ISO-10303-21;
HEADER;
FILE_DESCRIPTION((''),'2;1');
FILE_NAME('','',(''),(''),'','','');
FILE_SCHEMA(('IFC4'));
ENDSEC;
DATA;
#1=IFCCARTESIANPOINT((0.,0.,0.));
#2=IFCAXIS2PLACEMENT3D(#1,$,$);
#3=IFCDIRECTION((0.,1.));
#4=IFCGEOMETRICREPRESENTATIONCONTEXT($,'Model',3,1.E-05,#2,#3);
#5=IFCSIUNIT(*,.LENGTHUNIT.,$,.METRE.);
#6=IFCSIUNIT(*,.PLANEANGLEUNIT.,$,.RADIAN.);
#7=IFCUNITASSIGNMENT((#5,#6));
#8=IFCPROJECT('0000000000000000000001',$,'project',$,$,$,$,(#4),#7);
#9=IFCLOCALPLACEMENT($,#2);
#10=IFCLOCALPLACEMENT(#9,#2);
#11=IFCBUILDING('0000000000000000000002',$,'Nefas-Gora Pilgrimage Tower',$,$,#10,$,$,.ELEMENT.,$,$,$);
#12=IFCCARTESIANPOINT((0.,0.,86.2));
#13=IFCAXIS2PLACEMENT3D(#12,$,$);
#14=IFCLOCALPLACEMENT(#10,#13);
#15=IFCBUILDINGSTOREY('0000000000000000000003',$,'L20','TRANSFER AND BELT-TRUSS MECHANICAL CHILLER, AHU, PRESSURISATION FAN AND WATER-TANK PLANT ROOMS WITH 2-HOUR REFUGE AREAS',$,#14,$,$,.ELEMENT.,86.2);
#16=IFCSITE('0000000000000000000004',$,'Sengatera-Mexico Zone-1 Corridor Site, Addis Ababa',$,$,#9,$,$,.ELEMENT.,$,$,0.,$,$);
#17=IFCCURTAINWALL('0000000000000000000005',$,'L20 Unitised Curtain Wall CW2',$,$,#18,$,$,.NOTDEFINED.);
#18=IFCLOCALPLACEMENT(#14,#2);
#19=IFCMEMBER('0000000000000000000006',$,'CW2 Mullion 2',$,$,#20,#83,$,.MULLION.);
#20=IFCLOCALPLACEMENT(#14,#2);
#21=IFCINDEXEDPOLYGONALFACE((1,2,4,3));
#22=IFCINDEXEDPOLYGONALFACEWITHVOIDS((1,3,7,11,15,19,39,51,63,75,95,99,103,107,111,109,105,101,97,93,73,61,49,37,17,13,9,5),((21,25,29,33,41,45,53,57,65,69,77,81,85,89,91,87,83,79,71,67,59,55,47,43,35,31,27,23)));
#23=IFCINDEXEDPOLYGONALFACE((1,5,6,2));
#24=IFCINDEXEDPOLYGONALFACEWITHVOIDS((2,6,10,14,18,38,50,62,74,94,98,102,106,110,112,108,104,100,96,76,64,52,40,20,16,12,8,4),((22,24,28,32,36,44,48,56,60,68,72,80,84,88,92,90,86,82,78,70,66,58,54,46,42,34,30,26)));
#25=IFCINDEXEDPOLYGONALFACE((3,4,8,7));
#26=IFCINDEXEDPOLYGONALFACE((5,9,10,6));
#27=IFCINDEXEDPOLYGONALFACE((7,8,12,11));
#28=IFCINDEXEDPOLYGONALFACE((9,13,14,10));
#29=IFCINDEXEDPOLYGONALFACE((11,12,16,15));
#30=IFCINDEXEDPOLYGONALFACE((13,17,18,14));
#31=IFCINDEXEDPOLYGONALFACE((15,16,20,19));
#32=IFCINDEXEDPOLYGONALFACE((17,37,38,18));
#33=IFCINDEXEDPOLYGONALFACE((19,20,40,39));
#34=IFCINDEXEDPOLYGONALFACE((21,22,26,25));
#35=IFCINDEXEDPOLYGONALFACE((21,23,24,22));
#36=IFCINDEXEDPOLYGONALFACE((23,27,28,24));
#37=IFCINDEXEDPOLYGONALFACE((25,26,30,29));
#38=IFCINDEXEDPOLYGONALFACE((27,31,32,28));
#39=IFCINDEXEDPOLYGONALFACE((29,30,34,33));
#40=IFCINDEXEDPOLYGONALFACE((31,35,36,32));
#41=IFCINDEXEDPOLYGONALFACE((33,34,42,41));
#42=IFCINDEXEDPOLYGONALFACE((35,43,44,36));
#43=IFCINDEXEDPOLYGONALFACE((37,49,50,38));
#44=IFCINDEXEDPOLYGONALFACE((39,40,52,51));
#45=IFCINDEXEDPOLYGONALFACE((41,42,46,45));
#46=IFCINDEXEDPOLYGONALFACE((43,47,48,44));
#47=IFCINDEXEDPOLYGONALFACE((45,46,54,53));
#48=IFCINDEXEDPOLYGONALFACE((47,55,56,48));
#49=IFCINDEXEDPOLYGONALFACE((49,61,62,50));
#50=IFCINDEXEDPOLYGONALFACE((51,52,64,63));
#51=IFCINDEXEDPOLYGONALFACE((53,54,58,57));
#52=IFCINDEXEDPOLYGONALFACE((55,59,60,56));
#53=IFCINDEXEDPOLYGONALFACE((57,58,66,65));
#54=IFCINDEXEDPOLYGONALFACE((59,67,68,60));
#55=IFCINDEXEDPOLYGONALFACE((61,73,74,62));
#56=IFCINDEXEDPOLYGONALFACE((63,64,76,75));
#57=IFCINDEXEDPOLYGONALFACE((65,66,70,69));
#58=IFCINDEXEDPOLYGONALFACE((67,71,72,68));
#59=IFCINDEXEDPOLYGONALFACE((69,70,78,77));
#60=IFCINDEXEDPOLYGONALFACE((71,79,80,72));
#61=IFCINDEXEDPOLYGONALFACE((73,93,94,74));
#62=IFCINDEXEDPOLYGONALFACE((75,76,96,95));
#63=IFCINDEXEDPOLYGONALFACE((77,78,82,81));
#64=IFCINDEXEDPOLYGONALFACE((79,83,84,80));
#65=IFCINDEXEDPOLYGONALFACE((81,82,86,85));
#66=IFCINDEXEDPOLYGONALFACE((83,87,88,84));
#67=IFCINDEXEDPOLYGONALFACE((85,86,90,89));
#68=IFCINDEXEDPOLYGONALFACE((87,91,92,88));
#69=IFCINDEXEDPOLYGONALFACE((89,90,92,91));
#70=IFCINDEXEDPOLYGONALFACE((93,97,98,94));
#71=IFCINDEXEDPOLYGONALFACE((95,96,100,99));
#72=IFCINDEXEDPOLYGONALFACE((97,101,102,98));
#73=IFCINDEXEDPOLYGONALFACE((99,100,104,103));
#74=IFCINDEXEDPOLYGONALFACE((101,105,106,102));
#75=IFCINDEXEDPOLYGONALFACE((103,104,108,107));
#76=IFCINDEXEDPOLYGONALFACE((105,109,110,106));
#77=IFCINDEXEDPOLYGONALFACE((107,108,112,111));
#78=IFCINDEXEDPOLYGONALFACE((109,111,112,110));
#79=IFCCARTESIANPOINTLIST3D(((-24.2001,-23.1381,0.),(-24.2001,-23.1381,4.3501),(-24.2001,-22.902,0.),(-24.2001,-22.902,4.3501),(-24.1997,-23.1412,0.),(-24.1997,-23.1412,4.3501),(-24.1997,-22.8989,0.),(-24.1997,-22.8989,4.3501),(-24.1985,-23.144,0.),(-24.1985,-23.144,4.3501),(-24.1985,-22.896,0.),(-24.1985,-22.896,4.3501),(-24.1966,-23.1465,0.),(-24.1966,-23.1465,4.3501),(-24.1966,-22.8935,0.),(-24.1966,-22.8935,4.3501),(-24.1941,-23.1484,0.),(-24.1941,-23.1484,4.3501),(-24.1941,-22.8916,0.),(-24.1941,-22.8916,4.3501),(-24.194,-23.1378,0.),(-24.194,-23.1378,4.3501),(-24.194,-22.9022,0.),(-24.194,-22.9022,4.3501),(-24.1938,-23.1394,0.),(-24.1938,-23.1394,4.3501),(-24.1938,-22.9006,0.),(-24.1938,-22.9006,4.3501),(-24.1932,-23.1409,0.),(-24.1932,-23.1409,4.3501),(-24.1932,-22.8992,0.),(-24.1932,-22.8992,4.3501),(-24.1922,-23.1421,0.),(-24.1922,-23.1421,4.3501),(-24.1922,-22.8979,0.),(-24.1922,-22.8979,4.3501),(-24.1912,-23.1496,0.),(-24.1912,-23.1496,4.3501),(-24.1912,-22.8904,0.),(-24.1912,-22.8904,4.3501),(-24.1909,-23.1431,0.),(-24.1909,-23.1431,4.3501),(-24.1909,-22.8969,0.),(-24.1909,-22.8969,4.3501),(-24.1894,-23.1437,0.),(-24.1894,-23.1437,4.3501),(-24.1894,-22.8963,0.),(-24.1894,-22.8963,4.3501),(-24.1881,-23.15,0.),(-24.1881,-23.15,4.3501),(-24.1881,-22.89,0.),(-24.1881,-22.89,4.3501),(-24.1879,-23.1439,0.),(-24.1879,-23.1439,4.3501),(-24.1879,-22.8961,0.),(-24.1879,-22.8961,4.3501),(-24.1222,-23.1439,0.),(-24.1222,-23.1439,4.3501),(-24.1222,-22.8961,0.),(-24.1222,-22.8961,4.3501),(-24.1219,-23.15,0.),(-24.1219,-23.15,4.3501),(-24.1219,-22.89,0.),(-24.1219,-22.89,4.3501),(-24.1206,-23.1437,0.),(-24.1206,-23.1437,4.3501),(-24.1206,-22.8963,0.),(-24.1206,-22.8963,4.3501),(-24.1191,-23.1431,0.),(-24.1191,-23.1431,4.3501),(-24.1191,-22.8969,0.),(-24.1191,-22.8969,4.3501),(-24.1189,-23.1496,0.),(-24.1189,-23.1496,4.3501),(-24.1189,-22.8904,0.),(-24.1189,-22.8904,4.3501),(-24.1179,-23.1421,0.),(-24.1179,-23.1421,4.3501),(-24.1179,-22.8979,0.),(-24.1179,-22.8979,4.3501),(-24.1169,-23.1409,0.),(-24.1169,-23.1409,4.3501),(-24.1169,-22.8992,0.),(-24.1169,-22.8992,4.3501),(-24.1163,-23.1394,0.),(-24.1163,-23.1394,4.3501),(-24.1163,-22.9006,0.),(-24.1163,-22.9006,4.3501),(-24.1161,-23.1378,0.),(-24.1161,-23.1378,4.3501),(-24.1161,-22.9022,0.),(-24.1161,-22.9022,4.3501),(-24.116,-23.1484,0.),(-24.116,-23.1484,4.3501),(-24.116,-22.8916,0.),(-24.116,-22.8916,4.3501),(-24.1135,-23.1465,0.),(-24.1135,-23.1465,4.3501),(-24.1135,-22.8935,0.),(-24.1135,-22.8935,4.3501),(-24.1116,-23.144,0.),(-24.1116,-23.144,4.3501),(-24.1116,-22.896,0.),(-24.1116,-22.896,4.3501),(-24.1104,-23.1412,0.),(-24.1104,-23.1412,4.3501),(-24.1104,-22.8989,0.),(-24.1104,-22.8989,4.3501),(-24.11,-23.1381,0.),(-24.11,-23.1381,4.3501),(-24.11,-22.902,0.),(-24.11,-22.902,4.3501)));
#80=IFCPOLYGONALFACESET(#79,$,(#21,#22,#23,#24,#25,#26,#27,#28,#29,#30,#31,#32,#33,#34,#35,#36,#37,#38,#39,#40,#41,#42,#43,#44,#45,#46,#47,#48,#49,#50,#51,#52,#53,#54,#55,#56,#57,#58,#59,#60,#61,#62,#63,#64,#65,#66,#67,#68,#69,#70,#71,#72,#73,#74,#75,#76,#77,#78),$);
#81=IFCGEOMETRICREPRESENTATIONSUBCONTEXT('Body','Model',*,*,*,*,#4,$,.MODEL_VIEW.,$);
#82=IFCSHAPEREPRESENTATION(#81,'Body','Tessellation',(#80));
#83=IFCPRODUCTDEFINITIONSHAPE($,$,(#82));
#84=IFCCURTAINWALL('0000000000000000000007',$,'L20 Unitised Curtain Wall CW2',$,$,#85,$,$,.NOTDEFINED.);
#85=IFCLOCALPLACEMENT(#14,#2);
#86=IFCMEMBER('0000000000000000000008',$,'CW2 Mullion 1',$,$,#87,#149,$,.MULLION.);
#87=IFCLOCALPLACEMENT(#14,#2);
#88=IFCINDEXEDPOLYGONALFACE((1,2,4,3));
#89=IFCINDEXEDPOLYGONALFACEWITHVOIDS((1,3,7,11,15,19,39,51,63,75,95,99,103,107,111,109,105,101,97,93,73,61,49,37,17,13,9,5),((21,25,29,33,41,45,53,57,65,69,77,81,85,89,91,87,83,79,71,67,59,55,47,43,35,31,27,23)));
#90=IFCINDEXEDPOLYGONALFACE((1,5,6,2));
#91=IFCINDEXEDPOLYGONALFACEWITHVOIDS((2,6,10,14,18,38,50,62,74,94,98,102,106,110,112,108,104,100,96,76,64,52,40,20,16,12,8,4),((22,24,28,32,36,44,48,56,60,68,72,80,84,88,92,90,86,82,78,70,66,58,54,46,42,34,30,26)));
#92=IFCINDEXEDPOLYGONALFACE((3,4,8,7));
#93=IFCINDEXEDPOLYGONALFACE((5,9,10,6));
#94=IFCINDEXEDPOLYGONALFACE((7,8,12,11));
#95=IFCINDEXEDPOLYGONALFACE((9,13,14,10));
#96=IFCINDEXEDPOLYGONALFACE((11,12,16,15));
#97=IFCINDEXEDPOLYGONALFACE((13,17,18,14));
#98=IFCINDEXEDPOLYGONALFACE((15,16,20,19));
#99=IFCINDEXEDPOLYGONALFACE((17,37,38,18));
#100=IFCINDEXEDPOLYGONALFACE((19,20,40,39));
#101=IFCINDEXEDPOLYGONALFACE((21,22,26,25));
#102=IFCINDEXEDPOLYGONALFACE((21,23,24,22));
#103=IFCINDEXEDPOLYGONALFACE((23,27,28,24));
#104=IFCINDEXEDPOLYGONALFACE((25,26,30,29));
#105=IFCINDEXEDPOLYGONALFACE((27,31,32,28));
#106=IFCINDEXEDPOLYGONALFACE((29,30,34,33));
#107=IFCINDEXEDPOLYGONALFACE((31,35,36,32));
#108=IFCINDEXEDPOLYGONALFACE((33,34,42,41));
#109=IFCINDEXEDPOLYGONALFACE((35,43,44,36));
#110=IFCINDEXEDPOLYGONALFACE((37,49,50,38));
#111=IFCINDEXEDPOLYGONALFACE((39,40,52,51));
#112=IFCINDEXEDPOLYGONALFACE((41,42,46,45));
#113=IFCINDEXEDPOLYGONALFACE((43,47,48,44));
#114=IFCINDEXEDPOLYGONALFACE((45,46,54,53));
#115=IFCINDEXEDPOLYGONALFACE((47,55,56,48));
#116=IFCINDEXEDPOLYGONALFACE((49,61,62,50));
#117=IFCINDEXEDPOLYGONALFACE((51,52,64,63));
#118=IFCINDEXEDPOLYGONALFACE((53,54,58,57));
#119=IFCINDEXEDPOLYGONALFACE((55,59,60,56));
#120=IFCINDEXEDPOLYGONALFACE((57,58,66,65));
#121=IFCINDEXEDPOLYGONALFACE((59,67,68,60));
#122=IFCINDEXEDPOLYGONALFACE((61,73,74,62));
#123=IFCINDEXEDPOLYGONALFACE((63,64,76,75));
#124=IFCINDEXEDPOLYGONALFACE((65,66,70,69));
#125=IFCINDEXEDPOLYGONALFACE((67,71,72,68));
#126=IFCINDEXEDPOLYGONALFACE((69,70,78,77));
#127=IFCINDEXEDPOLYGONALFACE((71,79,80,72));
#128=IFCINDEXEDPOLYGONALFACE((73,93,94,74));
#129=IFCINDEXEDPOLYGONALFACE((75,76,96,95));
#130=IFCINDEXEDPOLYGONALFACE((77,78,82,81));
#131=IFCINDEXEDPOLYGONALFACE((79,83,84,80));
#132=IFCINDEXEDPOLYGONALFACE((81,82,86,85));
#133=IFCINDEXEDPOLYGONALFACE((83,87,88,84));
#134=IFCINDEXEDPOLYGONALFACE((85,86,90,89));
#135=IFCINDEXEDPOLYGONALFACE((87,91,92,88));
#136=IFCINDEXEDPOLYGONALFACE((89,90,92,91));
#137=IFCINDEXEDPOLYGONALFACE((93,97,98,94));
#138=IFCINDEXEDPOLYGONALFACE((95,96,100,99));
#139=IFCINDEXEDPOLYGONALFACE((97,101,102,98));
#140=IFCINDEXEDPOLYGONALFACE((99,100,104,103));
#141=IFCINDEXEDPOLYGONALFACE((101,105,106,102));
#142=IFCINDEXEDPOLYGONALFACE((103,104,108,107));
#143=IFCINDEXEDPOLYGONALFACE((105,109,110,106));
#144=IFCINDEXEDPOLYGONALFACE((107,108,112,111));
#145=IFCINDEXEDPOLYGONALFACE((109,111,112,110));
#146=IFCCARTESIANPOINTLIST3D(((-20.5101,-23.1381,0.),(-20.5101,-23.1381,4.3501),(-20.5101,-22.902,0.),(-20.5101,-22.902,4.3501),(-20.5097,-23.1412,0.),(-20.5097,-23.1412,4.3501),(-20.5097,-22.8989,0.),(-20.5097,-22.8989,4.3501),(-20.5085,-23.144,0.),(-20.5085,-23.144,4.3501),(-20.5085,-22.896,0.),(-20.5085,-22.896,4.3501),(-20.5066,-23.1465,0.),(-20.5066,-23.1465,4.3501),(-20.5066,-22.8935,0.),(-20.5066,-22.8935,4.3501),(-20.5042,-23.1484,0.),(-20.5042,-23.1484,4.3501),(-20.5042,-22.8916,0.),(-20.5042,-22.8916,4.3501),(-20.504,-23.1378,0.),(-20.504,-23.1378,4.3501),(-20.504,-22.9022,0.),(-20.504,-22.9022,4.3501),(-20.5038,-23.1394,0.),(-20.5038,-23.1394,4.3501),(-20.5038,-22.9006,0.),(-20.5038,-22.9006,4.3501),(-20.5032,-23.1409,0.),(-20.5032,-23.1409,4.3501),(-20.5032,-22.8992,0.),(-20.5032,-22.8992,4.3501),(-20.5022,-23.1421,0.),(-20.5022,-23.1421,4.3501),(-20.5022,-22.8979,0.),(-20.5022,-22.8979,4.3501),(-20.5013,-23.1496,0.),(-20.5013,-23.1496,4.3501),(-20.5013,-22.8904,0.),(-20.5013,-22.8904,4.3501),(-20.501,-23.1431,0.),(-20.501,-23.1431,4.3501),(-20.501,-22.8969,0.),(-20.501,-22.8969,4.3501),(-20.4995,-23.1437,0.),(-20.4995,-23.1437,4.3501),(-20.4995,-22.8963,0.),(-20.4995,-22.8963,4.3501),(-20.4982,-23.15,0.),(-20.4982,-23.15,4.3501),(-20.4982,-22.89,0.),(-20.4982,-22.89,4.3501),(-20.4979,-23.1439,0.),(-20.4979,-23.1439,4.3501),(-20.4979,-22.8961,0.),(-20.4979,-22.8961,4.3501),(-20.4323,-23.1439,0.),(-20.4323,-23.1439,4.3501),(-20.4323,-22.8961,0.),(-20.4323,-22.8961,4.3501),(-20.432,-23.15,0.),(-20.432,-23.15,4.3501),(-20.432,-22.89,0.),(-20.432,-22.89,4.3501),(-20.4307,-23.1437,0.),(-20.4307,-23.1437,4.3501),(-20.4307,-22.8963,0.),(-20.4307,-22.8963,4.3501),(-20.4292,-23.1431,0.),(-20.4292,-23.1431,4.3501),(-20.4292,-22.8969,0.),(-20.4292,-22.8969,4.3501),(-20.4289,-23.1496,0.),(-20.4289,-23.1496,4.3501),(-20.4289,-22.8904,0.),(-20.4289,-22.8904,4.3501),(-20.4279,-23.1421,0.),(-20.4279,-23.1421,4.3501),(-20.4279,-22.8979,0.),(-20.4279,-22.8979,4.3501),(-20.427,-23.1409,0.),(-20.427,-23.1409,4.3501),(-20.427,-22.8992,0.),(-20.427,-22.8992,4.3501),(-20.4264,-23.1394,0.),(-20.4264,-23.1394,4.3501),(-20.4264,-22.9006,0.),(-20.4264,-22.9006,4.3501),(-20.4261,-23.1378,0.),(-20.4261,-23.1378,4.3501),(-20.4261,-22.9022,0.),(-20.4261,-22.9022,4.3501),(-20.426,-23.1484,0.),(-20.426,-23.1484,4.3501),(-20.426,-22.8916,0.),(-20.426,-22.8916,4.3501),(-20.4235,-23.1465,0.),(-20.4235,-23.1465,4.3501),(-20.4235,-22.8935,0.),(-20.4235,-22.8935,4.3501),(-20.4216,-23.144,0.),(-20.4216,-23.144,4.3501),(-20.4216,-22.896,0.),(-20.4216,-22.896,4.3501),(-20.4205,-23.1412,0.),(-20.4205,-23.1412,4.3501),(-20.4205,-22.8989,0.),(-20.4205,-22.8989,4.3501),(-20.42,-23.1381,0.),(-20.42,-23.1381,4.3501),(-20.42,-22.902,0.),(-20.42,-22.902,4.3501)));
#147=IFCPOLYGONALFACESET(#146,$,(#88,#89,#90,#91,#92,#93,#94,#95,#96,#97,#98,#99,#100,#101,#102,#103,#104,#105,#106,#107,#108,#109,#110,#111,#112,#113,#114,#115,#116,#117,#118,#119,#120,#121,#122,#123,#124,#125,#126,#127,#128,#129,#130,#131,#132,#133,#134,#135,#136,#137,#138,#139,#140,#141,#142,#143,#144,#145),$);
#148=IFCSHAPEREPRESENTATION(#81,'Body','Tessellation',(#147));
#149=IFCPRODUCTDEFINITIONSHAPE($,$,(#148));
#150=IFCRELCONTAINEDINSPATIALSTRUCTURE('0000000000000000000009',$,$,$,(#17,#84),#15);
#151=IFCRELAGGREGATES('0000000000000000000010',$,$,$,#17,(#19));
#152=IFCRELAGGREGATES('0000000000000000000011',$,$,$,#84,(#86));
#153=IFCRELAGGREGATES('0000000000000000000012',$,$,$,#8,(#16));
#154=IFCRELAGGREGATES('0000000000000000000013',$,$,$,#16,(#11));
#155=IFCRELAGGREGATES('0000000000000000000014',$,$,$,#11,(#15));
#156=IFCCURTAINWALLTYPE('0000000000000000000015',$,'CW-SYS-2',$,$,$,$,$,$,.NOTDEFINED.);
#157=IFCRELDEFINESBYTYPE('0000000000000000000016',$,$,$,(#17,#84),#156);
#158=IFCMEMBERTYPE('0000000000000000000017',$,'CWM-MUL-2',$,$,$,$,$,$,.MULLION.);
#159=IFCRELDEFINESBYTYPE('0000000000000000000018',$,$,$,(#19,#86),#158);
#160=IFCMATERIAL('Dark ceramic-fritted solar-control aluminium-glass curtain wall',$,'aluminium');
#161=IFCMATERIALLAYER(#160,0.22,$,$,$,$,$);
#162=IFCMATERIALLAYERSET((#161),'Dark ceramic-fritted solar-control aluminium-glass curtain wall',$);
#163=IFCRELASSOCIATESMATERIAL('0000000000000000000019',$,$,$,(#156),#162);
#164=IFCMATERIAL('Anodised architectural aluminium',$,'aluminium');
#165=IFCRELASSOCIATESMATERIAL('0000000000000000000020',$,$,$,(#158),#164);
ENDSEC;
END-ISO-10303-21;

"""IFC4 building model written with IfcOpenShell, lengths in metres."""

from ifc_helpers import new_model, si_unit, direction, frame, origin, origin_2d, place, context, subcontext, project, spatial, hollow_rectangle, extrude, source, transform, mapped, material, layer, layer_set, material_profile, profile_set, type_object, element, aggregate, save


model = new_model("IFC4")

# Units and contexts
model_context = context("Model", 3, precision=1e-05, world=origin(), true_north=direction((0.0, 1.0)))
body_context = subcontext(model_context, "Body", "Model", "MODEL_VIEW")
ifc_project = project(units=[si_unit("LENGTHUNIT", "METRE"), si_unit("PLANEANGLEUNIT", "RADIAN")], contexts=[model_context])

# Site, building, storey
site_placement = place(None, origin())
site = spatial("IfcSite", under=ifc_project, at=site_placement, Name="Sengatera-Mexico Zone-1 Corridor Site, Addis Ababa", CompositionType="ELEMENT", RefElevation=0.0)
building_placement = place(site_placement, origin())
building = spatial("IfcBuilding", under=site, at=building_placement, Name="Nefas-Gora Pilgrimage Tower", CompositionType="ELEMENT")
storey_placement = place(building_placement, frame((0.0, 0.0, 86.2)))
storey = spatial("IfcBuildingStorey", under=building, at=storey_placement, Name="L20", Description="TRANSFER AND BELT-TRUSS MECHANICAL CHILLER, AHU, PRESSURISATION FAN AND WATER-TANK PLANT ROOMS WITH 2-HOUR REFUGE AREAS", CompositionType="ELEMENT", Elevation=86.2)

# Curtain walls, members
ifc_material_1 = material(Name="Dark ceramic-fritted solar-control aluminium-glass curtain wall", Category="aluminium")
ifc_layer_1 = layer(ifc_material_1, 0.22)
ifc_layer_set_1 = layer_set([ifc_layer_1], Name="Dark ceramic-fritted solar-control aluminium-glass curtain wall")
curtain_wall_type = type_object("IfcCurtainWallType", Name="CW-SYS-2", PredefinedType="NOTDEFINED", material=ifc_layer_set_1)
ifc_material_2 = material(Name="Anodised architectural aluminium", Category="aluminium")
ifc_material_profile_1 = material_profile(ifc_material_2, hollow_rectangle(XDim=0.0901, YDim=0.26, WallThickness=0.0061, InnerFilletRadius=0.0061, OuterFilletRadius=0.012, at=origin_2d()), Name="ALU MULLION 90x260")
ifc_profile_set_1 = profile_set([ifc_material_profile_1], Name="Anodised architectural aluminium")
member_type_1 = type_object("IfcMemberType", Name="CWM-MUL-2", PredefinedType="MULLION", material=ifc_profile_set_1)
shared_shape_1 = source(origin(), body_context, "Body", "SweptSolid", [
    extrude(hollow_rectangle(XDim=0.0901, YDim=0.26, WallThickness=0.0061, InnerFilletRadius=0.0061, OuterFilletRadius=0.012, at=origin_2d()), origin(), (0.0, 0.0, 1.0), 4.3501),
])
curtain_wall_1_placement = place(storey_placement, origin())
curtain_wall_1 = element("IfcCurtainWall", 1, at=curtain_wall_1_placement, inside=storey, type_object=curtain_wall_type, Name="L20 Unitised Curtain Wall CW2", PredefinedType="NOTDEFINED")
member_1_placement = place(storey_placement, frame((-24.155, -23.02, 0.0), z_axis=(0.0, 0.0, 1.0), x_axis=(1.0, 0.0, 0.0)))
member_1 = element("IfcMember", 2, at=member_1_placement, type_object=member_type_1, Name="CW2 Mullion 2", PredefinedType="MULLION", context=body_context, shape_type="MappedRepresentation", body=[
    mapped(shared_shape_1, transform((0.0, 0.0, 0.0), x_axis=(1.0, 0.0, 0.0), y_axis=(0.0, 1.0, 0.0), z_axis=(0.0, 0.0, 1.0), scale=1.0)),
])
curtain_wall_2_placement = place(storey_placement, origin())
curtain_wall_2 = element("IfcCurtainWall", 3, at=curtain_wall_2_placement, inside=storey, type_object=curtain_wall_type, Name="L20 Unitised Curtain Wall CW2", PredefinedType="NOTDEFINED")
member_2_placement = place(storey_placement, frame((-20.4651, -23.02, 0.0), z_axis=(0.0, 0.0, 1.0), x_axis=(1.0, 0.0, 0.0)))
member_2 = element("IfcMember", 4, at=member_2_placement, type_object=member_type_1, Name="CW2 Mullion 1", PredefinedType="MULLION", context=body_context, shape_type="MappedRepresentation", body=[
    mapped(shared_shape_1, transform((0.0, 0.0, 0.0), x_axis=(1.0, 0.0, 0.0), y_axis=(0.0, 1.0, 0.0), z_axis=(0.0, 0.0, 1.0), scale=1.0)),
])

aggregate(curtain_wall_1, [member_1])
aggregate(curtain_wall_2, [member_2])

save(model, "model.ifc")
